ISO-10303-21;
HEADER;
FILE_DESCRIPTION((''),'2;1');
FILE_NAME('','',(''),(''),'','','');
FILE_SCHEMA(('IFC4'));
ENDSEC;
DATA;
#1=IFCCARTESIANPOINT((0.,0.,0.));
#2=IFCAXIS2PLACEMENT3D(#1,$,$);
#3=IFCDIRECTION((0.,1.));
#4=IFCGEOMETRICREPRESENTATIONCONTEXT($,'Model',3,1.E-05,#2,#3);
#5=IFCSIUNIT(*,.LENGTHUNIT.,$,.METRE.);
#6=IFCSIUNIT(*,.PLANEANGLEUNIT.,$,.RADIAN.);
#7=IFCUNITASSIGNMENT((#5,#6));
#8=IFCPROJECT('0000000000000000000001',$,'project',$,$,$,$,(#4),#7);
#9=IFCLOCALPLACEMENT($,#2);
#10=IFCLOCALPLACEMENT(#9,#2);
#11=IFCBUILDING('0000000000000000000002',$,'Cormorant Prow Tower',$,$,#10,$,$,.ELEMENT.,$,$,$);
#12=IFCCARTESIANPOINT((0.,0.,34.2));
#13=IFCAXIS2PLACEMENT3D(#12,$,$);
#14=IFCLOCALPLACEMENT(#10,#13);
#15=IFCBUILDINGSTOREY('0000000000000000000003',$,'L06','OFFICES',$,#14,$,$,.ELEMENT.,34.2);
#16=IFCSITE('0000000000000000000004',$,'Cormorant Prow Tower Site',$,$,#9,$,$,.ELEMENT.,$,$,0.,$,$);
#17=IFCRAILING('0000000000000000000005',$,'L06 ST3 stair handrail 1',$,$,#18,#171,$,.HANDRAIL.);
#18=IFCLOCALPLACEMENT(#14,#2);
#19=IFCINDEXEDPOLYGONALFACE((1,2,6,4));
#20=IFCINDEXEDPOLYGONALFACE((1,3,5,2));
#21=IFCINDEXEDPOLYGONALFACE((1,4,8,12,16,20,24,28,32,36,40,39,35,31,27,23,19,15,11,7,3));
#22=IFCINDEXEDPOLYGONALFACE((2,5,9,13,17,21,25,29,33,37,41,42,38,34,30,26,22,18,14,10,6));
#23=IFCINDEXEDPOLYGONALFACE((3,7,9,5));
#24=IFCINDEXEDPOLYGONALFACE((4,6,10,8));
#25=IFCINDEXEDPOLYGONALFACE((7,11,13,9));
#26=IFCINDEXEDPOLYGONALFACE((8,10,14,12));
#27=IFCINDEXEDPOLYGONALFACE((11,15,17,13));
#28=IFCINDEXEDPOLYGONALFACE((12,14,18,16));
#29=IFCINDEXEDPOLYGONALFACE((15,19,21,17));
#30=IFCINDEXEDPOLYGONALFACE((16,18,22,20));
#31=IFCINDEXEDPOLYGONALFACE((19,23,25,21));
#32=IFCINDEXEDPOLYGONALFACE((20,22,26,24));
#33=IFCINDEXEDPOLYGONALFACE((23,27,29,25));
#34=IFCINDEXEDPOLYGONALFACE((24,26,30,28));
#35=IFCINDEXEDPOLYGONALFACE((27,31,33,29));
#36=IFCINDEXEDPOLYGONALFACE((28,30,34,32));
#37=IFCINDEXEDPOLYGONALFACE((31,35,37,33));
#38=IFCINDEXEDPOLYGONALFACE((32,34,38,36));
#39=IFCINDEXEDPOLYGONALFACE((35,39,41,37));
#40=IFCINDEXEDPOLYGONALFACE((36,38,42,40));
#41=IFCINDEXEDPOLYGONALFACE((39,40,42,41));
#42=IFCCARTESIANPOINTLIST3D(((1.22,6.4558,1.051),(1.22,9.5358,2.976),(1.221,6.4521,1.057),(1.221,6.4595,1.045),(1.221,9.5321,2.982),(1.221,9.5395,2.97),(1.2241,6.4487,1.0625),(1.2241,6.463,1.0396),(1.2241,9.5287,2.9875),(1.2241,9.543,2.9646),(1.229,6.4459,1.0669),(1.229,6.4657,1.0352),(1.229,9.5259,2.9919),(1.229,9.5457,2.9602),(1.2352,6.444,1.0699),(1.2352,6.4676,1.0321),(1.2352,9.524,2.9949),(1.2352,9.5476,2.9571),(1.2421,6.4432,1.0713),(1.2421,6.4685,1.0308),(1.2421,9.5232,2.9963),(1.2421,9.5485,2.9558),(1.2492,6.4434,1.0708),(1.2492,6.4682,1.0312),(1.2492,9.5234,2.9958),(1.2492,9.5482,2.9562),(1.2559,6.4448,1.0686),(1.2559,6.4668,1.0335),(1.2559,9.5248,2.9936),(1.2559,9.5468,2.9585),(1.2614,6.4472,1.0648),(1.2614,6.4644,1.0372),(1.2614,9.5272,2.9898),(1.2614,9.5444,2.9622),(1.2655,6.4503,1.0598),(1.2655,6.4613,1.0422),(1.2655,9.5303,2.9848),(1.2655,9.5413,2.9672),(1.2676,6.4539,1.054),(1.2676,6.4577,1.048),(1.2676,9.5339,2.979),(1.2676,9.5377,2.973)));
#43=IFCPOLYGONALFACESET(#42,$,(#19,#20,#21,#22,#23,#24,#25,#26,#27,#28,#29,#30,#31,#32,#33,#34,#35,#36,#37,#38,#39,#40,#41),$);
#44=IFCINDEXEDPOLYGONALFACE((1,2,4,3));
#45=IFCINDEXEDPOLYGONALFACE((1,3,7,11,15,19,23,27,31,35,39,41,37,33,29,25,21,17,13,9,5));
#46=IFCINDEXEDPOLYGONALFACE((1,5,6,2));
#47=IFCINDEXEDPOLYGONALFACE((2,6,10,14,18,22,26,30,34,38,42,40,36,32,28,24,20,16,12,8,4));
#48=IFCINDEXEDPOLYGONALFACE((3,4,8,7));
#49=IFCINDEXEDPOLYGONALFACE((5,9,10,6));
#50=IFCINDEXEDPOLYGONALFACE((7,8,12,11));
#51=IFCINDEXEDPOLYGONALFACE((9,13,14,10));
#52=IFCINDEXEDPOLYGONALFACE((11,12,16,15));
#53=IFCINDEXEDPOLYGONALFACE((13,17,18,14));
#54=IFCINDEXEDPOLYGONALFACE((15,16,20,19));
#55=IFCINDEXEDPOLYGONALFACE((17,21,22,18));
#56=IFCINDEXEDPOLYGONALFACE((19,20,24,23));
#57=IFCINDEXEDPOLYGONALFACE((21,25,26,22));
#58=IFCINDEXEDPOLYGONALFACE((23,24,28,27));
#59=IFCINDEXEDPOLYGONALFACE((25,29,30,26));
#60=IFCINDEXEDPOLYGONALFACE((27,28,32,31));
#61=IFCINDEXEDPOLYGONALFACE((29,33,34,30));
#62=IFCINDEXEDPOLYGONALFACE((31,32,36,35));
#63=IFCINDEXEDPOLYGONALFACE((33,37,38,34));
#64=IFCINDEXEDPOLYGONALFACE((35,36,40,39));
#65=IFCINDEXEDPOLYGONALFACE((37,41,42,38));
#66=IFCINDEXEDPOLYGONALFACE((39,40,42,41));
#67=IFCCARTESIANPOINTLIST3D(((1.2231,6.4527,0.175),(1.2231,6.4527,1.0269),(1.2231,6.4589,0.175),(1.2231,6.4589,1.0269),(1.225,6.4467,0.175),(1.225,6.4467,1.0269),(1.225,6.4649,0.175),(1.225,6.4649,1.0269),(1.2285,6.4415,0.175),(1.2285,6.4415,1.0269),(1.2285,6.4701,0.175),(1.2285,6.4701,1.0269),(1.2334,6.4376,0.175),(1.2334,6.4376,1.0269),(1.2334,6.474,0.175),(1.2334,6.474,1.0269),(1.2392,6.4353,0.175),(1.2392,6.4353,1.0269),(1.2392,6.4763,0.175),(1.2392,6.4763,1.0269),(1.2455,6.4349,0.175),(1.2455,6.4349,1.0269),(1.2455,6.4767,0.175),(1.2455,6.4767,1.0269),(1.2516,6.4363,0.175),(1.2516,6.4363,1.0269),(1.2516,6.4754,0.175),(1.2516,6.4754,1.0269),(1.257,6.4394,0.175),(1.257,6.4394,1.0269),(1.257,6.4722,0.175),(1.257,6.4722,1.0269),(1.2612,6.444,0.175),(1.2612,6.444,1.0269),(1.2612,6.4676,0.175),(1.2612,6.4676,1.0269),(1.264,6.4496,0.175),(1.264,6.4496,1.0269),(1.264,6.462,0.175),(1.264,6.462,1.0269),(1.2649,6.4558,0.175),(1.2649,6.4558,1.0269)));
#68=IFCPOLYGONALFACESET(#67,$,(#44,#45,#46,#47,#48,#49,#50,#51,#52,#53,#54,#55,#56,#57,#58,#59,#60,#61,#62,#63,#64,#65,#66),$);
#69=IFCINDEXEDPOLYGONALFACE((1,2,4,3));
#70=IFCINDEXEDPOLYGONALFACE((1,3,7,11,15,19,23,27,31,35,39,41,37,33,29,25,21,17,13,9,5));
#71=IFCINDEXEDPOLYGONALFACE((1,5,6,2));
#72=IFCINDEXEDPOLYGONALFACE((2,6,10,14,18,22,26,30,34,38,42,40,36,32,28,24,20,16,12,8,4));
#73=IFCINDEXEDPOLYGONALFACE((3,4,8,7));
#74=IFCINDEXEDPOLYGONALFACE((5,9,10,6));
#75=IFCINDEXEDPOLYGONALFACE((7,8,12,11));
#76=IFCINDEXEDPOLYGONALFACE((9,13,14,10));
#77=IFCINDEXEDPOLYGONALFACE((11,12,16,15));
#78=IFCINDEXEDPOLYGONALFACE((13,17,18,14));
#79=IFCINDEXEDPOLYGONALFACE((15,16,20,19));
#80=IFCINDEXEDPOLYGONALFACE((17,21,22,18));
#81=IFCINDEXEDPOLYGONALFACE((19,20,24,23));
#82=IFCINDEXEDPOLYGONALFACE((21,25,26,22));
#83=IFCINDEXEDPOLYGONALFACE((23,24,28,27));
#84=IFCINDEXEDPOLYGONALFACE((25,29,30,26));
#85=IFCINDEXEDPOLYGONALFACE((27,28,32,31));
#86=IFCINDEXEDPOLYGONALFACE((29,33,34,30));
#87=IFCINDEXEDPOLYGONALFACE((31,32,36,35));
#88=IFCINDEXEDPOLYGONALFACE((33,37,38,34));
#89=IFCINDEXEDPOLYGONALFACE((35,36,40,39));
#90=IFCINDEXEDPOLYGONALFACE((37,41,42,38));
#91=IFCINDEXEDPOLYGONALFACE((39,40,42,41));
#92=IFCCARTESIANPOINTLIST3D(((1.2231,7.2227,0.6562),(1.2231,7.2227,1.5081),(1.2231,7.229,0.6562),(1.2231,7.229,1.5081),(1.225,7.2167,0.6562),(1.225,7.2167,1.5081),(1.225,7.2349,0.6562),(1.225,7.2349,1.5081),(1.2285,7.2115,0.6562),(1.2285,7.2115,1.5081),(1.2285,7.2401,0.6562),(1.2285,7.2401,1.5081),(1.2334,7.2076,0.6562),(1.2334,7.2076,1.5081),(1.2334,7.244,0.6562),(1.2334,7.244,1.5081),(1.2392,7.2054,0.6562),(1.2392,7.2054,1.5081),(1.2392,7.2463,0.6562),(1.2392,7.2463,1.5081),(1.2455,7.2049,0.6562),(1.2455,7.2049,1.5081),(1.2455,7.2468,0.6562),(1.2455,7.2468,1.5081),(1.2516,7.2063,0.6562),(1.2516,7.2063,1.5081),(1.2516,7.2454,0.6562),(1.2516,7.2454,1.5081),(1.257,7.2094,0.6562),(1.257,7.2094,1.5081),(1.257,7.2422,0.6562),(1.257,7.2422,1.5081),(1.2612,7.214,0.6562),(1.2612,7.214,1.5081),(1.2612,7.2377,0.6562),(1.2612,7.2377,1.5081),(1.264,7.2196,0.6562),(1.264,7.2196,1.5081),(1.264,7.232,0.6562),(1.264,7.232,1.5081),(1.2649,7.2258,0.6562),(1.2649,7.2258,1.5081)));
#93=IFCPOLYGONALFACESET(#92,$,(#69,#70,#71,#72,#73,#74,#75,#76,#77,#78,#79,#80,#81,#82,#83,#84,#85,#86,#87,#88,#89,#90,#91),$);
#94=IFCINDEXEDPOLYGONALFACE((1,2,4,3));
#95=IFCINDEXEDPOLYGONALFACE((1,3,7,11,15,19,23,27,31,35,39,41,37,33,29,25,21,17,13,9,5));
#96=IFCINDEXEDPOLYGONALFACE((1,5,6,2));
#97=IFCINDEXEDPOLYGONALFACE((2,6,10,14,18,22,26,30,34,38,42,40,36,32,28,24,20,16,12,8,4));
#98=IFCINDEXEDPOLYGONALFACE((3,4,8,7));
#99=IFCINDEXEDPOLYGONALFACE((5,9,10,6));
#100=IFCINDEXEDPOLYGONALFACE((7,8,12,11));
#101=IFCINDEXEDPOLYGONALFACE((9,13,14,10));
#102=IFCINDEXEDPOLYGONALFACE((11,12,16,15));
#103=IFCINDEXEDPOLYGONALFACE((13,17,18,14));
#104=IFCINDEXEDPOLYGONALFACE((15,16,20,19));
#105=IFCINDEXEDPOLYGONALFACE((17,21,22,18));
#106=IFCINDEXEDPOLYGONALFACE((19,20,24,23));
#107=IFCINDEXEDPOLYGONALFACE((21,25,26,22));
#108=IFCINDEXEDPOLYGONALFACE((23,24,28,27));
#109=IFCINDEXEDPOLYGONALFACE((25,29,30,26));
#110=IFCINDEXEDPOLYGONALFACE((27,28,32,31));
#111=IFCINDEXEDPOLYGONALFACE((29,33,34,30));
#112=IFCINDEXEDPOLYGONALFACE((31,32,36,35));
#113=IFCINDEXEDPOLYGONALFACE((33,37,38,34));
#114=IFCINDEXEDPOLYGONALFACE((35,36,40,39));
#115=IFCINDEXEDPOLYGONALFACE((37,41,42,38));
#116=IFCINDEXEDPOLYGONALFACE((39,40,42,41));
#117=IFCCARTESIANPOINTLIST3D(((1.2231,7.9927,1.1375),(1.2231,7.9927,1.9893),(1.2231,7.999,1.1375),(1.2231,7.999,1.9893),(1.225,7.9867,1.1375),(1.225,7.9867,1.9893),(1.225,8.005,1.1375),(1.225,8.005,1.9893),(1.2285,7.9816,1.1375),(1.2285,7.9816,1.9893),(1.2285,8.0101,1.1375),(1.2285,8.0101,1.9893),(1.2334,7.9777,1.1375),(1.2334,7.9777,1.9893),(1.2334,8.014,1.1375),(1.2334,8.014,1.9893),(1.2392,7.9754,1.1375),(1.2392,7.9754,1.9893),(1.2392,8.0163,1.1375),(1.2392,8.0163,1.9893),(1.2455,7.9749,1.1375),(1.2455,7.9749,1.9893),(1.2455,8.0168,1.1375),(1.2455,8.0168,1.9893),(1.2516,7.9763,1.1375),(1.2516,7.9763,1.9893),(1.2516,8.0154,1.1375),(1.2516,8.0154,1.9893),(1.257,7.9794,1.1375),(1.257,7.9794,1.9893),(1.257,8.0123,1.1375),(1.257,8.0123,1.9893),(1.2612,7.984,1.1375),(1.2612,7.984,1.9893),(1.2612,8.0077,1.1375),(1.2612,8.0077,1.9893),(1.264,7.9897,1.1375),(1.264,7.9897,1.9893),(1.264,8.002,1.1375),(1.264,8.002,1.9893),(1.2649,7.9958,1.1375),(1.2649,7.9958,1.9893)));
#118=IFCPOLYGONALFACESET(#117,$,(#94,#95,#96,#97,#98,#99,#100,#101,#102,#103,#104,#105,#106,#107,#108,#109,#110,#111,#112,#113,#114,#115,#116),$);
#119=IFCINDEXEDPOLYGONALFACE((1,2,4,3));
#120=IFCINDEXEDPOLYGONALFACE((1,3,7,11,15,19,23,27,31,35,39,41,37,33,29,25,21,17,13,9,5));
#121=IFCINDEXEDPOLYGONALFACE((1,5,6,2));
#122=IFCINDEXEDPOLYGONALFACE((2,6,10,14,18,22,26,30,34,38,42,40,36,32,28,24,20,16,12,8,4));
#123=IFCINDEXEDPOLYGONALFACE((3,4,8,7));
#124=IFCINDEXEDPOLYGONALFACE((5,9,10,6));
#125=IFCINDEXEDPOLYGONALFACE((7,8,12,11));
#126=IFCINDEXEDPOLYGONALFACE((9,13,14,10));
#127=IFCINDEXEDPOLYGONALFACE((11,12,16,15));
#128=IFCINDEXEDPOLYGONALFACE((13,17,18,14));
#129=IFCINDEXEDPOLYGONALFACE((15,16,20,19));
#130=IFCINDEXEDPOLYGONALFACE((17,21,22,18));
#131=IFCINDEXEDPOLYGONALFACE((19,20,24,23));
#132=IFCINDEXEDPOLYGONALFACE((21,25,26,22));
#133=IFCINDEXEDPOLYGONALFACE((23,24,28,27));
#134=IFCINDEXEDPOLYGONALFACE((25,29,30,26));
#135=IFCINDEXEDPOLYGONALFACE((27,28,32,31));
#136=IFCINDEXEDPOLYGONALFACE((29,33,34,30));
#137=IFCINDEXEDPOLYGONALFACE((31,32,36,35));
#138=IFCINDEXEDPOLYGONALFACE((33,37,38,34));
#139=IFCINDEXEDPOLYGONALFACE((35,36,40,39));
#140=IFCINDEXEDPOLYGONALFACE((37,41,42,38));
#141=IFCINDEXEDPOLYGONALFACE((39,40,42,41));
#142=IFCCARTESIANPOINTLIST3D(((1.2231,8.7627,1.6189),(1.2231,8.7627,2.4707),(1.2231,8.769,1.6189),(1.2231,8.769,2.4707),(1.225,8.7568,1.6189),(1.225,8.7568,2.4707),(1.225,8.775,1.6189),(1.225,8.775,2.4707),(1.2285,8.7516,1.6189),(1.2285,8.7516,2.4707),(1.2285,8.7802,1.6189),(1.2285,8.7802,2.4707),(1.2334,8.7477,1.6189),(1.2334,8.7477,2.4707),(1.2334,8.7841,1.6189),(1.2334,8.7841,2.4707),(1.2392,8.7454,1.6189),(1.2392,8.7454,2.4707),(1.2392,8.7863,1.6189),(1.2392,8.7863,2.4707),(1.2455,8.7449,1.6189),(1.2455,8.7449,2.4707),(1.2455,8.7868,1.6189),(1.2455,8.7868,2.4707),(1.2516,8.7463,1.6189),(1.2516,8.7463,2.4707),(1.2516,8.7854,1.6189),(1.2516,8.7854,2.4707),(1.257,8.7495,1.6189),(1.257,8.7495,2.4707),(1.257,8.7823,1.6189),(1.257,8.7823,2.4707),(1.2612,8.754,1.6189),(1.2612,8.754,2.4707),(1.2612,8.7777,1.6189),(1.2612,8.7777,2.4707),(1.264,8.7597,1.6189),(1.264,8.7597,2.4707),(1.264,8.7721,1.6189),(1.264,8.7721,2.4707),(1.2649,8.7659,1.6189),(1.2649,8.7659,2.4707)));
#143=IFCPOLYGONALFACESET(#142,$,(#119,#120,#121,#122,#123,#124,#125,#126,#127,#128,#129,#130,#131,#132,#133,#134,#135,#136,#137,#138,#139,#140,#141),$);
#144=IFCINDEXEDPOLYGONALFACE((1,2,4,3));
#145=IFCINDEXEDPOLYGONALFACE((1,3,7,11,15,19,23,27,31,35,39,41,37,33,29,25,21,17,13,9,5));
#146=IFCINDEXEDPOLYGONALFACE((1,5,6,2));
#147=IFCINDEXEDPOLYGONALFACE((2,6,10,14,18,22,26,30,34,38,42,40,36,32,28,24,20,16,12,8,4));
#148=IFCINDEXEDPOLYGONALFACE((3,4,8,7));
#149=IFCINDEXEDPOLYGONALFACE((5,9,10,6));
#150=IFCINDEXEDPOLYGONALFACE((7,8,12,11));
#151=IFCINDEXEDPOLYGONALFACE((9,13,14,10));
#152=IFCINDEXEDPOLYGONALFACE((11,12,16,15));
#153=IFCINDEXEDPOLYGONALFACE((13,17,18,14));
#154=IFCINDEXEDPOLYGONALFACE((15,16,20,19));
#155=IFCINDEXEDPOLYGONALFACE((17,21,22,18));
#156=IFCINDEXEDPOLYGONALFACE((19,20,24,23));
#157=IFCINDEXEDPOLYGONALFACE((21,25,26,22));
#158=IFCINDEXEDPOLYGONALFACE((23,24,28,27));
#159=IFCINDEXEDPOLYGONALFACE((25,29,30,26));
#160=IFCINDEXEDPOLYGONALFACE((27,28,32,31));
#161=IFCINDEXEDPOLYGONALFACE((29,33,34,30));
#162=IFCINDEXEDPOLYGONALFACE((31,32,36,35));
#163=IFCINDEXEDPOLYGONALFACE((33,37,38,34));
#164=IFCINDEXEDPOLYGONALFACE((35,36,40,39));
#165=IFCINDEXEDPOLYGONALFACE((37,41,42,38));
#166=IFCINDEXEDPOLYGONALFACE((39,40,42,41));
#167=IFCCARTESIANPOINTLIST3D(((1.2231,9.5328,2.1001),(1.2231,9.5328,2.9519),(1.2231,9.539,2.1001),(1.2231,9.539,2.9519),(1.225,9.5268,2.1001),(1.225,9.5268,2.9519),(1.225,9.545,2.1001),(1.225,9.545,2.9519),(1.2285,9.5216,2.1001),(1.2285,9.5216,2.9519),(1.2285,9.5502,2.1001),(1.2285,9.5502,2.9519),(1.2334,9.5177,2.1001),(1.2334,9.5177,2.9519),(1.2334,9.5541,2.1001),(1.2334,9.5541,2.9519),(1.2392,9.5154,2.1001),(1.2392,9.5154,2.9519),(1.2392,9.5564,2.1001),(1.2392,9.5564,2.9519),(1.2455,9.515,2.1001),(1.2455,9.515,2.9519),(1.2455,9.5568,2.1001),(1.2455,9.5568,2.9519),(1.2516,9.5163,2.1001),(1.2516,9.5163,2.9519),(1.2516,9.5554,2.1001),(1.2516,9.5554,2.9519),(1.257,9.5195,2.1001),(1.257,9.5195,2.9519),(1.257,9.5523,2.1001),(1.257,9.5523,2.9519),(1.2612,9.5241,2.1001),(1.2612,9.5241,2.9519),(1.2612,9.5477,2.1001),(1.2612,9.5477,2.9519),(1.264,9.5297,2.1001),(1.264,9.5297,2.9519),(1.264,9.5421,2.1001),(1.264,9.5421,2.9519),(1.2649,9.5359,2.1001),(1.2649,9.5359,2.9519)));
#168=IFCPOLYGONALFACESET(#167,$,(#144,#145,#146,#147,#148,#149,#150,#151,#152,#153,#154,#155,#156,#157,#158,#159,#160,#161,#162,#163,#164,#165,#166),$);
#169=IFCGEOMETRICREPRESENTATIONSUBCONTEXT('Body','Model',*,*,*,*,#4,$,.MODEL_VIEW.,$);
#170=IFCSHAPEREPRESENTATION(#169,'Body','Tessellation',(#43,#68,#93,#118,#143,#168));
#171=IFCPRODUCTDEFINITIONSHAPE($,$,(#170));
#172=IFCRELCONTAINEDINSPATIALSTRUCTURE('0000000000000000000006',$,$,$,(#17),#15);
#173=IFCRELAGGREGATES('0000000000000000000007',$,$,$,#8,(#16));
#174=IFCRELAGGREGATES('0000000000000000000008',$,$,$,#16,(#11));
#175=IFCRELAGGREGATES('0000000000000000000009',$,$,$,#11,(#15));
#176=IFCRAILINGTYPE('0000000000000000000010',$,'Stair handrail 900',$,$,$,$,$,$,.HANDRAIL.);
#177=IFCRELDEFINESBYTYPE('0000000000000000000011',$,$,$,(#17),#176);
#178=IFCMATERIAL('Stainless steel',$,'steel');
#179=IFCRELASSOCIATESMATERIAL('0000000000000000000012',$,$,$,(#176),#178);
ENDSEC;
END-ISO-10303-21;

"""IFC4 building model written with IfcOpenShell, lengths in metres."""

from ifc_helpers import new_model, si_unit, direction, frame, origin, origin_2d, place, context, subcontext, project, spatial, circle, extrude, material, type_object, element, save


model = new_model("IFC4")

# Units and contexts
model_context = context("Model", 3, precision=1e-05, world=origin(), true_north=direction((0.0, 1.0)))
body_context = subcontext(model_context, "Body", "Model", "MODEL_VIEW")
ifc_project = project(units=[si_unit("LENGTHUNIT", "METRE"), si_unit("PLANEANGLEUNIT", "RADIAN")], contexts=[model_context])

# Site, building, storey
site_placement = place(None, origin())
site = spatial("IfcSite", under=ifc_project, at=site_placement, Name="Cormorant Prow Tower Site", CompositionType="ELEMENT", RefElevation=0.0)
building_placement = place(site_placement, origin())
building = spatial("IfcBuilding", under=site, at=building_placement, Name="Cormorant Prow Tower", CompositionType="ELEMENT")
storey_placement = place(building_placement, frame((0.0, 0.0, 34.2)))
storey = spatial("IfcBuildingStorey", under=building, at=storey_placement, Name="L06", Description="OFFICES", CompositionType="ELEMENT", Elevation=34.2)

# Railing
ifc_material_1 = material(Name="Stainless steel", Category="steel")
railing_type_1 = type_object("IfcRailingType", Name="Stair handrail 900", PredefinedType="HANDRAIL", material=ifc_material_1)
railing_1_placement = place(storey_placement, frame((1.2439, 6.4558, 0.175)))
element("IfcRailing", 1, at=railing_1_placement, inside=storey, type_object=railing_type_1, Name="L06 ST3 stair handrail 1", PredefinedType="HANDRAIL", context=body_context, shape_type="SweptSolid", body=[
    extrude(circle(Radius=0.0239, at=origin_2d()), frame((0.0, 0.0, 0.876), z_axis=(0.0, 0.847998, 0.529999), x_axis=(-1.0, 0.0, 0.0)), (0.0, 0.0, 1.0), 3.6321),
    extrude(circle(Radius=0.021, at=origin_2d()), origin(), (0.0, 0.0, 1.0), 0.8518),
    extrude(circle(Radius=0.021, at=origin_2d()), frame((0.0, 0.77, 0.4812)), (0.0, 0.0, 1.0), 0.8518),
    extrude(circle(Radius=0.021, at=origin_2d()), frame((0.0, 1.54, 0.9624)), (0.0, 0.0, 1.0), 0.8518),
    extrude(circle(Radius=0.021, at=origin_2d()), frame((0.0, 2.3101, 1.4438)), (0.0, 0.0, 1.0), 0.8518),
    extrude(circle(Radius=0.021, at=origin_2d()), frame((0.0, 3.0801, 1.925)), (0.0, 0.0, 1.0), 0.8518),
])

save(model, "model.ifc")
